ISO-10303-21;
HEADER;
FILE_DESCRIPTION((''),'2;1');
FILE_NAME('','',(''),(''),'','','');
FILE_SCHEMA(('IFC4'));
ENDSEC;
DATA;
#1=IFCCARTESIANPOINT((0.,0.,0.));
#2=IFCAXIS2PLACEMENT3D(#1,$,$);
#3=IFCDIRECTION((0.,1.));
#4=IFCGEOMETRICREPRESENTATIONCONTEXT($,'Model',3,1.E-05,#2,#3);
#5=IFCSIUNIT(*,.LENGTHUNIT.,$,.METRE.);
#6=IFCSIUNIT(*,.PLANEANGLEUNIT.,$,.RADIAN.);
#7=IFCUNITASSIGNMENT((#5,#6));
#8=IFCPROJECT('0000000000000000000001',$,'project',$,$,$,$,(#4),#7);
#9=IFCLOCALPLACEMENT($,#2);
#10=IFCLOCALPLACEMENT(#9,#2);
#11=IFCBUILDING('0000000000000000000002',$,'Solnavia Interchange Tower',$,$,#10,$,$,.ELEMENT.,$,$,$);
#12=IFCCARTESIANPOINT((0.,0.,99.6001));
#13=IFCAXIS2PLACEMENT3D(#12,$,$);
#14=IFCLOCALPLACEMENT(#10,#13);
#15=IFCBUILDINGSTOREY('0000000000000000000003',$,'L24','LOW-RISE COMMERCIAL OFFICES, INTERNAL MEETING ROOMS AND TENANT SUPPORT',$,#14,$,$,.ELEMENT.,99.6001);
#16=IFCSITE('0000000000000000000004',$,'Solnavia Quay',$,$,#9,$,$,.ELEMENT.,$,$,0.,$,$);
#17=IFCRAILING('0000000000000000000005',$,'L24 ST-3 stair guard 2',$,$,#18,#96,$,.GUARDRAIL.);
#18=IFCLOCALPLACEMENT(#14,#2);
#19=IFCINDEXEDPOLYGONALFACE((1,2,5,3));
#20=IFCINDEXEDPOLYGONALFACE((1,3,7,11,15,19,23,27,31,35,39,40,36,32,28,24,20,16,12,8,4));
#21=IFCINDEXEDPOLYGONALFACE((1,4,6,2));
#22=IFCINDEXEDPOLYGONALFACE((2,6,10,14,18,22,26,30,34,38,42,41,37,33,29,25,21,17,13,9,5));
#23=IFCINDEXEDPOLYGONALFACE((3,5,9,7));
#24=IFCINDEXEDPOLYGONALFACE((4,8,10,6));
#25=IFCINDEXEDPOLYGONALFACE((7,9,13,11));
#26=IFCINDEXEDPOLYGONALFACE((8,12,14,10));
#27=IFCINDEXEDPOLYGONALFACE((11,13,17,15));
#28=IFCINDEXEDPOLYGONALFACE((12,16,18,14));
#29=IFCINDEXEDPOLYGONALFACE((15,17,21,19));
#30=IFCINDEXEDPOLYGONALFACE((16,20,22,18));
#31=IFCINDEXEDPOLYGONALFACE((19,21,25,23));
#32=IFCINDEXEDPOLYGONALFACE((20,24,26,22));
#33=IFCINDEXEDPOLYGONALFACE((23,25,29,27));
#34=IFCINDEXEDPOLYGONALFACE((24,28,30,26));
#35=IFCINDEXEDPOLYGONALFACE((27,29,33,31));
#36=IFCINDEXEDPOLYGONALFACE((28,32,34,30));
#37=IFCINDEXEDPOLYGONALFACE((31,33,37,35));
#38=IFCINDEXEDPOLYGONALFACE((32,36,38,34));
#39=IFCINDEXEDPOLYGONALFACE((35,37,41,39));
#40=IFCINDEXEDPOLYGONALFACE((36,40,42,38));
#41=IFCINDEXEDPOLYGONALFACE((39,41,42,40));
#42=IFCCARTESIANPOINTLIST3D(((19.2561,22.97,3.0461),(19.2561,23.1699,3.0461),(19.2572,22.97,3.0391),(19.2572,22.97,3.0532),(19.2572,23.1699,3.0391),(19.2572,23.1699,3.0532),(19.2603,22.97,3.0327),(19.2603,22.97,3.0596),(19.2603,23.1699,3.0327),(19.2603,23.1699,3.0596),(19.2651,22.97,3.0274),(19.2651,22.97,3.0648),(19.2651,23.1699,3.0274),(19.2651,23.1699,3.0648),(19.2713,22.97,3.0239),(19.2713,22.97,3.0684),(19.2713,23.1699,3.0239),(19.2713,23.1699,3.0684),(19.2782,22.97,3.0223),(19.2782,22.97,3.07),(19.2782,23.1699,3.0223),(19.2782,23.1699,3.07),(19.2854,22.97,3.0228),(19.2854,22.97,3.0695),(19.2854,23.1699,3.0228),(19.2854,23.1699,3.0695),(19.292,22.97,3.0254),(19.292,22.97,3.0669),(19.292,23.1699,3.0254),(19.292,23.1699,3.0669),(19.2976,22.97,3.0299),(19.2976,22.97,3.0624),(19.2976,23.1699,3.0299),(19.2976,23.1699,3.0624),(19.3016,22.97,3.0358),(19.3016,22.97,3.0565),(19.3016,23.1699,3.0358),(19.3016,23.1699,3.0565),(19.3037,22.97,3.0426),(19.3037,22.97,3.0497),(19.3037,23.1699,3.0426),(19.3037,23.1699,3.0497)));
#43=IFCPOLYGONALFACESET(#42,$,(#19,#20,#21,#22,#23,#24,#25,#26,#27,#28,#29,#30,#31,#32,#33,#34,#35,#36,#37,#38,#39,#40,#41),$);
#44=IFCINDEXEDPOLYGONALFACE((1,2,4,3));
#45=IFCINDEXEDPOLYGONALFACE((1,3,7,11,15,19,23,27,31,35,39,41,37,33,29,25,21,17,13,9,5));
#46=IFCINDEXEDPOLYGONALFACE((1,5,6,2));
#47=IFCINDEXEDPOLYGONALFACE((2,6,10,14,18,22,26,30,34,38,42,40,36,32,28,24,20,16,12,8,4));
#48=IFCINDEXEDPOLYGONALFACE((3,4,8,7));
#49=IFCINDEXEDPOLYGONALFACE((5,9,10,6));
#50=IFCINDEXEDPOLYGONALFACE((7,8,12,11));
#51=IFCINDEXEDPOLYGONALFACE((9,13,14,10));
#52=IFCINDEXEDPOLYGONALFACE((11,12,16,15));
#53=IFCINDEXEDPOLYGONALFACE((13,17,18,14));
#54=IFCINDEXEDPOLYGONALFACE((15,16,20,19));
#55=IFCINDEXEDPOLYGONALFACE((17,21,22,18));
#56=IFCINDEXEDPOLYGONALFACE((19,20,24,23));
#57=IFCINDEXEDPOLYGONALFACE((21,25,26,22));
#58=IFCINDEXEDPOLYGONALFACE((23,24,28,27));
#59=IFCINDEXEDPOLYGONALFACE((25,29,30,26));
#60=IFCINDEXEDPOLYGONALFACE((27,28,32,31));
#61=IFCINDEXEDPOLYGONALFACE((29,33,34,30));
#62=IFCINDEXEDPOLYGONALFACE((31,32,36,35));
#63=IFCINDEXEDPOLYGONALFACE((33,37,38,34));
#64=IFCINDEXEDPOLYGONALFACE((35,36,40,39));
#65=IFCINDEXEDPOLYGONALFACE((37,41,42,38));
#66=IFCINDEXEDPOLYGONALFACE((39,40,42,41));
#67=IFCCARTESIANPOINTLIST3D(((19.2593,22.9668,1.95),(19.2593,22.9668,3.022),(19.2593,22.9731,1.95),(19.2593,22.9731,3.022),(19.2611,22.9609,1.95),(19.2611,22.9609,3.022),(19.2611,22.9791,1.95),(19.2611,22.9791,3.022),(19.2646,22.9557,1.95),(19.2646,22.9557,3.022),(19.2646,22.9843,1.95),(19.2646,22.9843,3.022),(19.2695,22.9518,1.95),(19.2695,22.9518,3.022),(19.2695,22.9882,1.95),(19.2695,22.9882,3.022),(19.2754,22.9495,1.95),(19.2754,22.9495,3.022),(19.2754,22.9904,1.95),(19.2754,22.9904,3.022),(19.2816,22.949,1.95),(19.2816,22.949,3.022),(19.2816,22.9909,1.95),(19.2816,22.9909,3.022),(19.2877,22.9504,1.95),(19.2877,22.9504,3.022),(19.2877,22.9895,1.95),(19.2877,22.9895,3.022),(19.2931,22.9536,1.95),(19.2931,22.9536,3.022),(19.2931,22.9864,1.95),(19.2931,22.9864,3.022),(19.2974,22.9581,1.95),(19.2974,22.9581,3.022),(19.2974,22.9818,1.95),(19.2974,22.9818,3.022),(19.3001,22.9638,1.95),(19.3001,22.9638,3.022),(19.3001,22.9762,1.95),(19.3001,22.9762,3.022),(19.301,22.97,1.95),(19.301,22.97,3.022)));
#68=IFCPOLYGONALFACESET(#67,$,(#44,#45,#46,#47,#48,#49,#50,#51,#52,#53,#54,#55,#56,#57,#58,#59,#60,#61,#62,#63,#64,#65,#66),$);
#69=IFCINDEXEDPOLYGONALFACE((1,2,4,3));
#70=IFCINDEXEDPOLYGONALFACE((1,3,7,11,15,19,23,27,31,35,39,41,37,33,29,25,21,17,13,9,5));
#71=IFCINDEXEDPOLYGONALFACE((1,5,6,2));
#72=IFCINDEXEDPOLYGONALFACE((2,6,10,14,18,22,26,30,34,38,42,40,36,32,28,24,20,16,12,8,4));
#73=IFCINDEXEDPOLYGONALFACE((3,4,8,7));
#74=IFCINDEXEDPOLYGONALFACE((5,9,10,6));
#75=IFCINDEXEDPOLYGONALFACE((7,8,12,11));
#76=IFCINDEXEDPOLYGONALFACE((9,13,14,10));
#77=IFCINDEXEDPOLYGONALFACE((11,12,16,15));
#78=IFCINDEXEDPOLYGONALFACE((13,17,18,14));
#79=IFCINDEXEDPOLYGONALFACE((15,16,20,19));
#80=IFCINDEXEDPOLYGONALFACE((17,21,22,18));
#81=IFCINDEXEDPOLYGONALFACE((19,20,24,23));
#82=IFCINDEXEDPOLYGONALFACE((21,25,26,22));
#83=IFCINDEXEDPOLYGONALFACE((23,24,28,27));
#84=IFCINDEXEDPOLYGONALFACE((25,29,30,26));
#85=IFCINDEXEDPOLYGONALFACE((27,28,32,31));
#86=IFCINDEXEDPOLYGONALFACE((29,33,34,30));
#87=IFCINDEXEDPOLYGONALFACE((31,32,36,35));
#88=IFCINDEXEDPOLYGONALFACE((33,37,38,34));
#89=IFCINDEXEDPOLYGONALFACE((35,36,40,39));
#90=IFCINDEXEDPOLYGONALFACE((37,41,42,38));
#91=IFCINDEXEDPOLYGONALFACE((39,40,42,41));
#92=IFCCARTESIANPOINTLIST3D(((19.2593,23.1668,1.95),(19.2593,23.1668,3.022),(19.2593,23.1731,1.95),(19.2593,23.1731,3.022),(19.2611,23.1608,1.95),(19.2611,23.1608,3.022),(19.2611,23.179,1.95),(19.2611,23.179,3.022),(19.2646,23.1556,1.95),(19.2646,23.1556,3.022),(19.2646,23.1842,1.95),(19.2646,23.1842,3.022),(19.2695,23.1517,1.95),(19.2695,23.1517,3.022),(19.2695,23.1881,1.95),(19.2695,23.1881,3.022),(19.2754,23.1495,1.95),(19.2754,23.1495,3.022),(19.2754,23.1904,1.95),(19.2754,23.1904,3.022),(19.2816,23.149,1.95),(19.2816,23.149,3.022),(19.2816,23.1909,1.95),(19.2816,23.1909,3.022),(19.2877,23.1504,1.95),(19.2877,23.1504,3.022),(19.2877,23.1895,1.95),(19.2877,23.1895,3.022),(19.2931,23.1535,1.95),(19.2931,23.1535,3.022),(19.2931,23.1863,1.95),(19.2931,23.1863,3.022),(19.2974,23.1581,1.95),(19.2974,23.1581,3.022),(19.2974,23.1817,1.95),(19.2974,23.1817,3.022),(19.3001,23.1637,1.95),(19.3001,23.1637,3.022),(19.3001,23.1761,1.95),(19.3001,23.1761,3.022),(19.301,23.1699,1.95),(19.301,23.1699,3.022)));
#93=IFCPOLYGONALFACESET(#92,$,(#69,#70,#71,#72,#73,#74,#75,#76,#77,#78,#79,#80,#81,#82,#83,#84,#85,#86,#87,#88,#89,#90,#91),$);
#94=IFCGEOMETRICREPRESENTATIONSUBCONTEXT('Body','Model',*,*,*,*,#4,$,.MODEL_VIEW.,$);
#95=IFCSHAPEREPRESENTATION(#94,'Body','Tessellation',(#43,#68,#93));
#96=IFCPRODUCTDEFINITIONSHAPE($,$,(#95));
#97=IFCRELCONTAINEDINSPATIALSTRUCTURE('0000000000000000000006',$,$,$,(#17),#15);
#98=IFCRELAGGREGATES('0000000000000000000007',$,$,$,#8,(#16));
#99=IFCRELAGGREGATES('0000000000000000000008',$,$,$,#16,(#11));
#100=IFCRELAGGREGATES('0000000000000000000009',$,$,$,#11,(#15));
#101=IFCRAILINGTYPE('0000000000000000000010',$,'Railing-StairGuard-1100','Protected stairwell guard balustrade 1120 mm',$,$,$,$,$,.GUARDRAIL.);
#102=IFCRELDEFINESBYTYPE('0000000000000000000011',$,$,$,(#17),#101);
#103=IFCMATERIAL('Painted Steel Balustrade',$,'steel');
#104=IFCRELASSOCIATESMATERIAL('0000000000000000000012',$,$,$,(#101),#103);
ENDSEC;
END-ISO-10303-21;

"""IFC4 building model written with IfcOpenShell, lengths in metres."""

from ifc_helpers import new_model, si_unit, direction, frame, origin, origin_2d, place, context, subcontext, project, spatial, circle, extrude, material, type_object, element, save


model = new_model("IFC4")

# Units and contexts
model_context = context("Model", 3, precision=1e-05, world=origin(), true_north=direction((0.0, 1.0)))
body_context = subcontext(model_context, "Body", "Model", "MODEL_VIEW")
ifc_project = project(units=[si_unit("LENGTHUNIT", "METRE"), si_unit("PLANEANGLEUNIT", "RADIAN")], contexts=[model_context])

# Site, building, storey
site_placement = place(None, origin())
site = spatial("IfcSite", under=ifc_project, at=site_placement, Name="Solnavia Quay", CompositionType="ELEMENT", RefElevation=0.0)
building_placement = place(site_placement, origin())
building = spatial("IfcBuilding", under=site, at=building_placement, Name="Solnavia Interchange Tower", CompositionType="ELEMENT")
storey_placement = place(building_placement, frame((0.0, 0.0, 99.6001)))
storey = spatial("IfcBuildingStorey", under=building, at=storey_placement, Name="L24", Description="LOW-RISE COMMERCIAL OFFICES, INTERNAL MEETING ROOMS AND TENANT SUPPORT", CompositionType="ELEMENT", Elevation=99.6001)

# Railing
ifc_material_1 = material(Name="Painted Steel Balustrade", Category="steel")
railing_type_1 = type_object("IfcRailingType", Name="Railing-StairGuard-1100", Description="Protected stairwell guard balustrade 1120 mm", PredefinedType="GUARDRAIL", material=ifc_material_1)
railing_1_placement = place(storey_placement, frame((19.28, 22.97, 1.95)))
element("IfcRailing", 1, at=railing_1_placement, inside=storey, type_object=railing_type_1, Name="L24 ST-3 stair guard 2", PredefinedType="GUARDRAIL", context=body_context, shape_type="SweptSolid", body=[
    extrude(circle(Radius=0.0239, at=origin_2d()), frame((0.0, 0.0, 1.0962), z_axis=(0.0, 1.0, 0.0), x_axis=(-1.0, 0.0, 0.0)), (0.0, 0.0, 1.0), 0.2),
    extrude(circle(Radius=0.021, at=origin_2d()), origin(), (0.0, 0.0, 1.0), 1.072),
    extrude(circle(Radius=0.021, at=origin_2d()), frame((0.0, 0.2, 0.0)), (0.0, 0.0, 1.0), 1.072),
])

save(model, "model.ifc")
